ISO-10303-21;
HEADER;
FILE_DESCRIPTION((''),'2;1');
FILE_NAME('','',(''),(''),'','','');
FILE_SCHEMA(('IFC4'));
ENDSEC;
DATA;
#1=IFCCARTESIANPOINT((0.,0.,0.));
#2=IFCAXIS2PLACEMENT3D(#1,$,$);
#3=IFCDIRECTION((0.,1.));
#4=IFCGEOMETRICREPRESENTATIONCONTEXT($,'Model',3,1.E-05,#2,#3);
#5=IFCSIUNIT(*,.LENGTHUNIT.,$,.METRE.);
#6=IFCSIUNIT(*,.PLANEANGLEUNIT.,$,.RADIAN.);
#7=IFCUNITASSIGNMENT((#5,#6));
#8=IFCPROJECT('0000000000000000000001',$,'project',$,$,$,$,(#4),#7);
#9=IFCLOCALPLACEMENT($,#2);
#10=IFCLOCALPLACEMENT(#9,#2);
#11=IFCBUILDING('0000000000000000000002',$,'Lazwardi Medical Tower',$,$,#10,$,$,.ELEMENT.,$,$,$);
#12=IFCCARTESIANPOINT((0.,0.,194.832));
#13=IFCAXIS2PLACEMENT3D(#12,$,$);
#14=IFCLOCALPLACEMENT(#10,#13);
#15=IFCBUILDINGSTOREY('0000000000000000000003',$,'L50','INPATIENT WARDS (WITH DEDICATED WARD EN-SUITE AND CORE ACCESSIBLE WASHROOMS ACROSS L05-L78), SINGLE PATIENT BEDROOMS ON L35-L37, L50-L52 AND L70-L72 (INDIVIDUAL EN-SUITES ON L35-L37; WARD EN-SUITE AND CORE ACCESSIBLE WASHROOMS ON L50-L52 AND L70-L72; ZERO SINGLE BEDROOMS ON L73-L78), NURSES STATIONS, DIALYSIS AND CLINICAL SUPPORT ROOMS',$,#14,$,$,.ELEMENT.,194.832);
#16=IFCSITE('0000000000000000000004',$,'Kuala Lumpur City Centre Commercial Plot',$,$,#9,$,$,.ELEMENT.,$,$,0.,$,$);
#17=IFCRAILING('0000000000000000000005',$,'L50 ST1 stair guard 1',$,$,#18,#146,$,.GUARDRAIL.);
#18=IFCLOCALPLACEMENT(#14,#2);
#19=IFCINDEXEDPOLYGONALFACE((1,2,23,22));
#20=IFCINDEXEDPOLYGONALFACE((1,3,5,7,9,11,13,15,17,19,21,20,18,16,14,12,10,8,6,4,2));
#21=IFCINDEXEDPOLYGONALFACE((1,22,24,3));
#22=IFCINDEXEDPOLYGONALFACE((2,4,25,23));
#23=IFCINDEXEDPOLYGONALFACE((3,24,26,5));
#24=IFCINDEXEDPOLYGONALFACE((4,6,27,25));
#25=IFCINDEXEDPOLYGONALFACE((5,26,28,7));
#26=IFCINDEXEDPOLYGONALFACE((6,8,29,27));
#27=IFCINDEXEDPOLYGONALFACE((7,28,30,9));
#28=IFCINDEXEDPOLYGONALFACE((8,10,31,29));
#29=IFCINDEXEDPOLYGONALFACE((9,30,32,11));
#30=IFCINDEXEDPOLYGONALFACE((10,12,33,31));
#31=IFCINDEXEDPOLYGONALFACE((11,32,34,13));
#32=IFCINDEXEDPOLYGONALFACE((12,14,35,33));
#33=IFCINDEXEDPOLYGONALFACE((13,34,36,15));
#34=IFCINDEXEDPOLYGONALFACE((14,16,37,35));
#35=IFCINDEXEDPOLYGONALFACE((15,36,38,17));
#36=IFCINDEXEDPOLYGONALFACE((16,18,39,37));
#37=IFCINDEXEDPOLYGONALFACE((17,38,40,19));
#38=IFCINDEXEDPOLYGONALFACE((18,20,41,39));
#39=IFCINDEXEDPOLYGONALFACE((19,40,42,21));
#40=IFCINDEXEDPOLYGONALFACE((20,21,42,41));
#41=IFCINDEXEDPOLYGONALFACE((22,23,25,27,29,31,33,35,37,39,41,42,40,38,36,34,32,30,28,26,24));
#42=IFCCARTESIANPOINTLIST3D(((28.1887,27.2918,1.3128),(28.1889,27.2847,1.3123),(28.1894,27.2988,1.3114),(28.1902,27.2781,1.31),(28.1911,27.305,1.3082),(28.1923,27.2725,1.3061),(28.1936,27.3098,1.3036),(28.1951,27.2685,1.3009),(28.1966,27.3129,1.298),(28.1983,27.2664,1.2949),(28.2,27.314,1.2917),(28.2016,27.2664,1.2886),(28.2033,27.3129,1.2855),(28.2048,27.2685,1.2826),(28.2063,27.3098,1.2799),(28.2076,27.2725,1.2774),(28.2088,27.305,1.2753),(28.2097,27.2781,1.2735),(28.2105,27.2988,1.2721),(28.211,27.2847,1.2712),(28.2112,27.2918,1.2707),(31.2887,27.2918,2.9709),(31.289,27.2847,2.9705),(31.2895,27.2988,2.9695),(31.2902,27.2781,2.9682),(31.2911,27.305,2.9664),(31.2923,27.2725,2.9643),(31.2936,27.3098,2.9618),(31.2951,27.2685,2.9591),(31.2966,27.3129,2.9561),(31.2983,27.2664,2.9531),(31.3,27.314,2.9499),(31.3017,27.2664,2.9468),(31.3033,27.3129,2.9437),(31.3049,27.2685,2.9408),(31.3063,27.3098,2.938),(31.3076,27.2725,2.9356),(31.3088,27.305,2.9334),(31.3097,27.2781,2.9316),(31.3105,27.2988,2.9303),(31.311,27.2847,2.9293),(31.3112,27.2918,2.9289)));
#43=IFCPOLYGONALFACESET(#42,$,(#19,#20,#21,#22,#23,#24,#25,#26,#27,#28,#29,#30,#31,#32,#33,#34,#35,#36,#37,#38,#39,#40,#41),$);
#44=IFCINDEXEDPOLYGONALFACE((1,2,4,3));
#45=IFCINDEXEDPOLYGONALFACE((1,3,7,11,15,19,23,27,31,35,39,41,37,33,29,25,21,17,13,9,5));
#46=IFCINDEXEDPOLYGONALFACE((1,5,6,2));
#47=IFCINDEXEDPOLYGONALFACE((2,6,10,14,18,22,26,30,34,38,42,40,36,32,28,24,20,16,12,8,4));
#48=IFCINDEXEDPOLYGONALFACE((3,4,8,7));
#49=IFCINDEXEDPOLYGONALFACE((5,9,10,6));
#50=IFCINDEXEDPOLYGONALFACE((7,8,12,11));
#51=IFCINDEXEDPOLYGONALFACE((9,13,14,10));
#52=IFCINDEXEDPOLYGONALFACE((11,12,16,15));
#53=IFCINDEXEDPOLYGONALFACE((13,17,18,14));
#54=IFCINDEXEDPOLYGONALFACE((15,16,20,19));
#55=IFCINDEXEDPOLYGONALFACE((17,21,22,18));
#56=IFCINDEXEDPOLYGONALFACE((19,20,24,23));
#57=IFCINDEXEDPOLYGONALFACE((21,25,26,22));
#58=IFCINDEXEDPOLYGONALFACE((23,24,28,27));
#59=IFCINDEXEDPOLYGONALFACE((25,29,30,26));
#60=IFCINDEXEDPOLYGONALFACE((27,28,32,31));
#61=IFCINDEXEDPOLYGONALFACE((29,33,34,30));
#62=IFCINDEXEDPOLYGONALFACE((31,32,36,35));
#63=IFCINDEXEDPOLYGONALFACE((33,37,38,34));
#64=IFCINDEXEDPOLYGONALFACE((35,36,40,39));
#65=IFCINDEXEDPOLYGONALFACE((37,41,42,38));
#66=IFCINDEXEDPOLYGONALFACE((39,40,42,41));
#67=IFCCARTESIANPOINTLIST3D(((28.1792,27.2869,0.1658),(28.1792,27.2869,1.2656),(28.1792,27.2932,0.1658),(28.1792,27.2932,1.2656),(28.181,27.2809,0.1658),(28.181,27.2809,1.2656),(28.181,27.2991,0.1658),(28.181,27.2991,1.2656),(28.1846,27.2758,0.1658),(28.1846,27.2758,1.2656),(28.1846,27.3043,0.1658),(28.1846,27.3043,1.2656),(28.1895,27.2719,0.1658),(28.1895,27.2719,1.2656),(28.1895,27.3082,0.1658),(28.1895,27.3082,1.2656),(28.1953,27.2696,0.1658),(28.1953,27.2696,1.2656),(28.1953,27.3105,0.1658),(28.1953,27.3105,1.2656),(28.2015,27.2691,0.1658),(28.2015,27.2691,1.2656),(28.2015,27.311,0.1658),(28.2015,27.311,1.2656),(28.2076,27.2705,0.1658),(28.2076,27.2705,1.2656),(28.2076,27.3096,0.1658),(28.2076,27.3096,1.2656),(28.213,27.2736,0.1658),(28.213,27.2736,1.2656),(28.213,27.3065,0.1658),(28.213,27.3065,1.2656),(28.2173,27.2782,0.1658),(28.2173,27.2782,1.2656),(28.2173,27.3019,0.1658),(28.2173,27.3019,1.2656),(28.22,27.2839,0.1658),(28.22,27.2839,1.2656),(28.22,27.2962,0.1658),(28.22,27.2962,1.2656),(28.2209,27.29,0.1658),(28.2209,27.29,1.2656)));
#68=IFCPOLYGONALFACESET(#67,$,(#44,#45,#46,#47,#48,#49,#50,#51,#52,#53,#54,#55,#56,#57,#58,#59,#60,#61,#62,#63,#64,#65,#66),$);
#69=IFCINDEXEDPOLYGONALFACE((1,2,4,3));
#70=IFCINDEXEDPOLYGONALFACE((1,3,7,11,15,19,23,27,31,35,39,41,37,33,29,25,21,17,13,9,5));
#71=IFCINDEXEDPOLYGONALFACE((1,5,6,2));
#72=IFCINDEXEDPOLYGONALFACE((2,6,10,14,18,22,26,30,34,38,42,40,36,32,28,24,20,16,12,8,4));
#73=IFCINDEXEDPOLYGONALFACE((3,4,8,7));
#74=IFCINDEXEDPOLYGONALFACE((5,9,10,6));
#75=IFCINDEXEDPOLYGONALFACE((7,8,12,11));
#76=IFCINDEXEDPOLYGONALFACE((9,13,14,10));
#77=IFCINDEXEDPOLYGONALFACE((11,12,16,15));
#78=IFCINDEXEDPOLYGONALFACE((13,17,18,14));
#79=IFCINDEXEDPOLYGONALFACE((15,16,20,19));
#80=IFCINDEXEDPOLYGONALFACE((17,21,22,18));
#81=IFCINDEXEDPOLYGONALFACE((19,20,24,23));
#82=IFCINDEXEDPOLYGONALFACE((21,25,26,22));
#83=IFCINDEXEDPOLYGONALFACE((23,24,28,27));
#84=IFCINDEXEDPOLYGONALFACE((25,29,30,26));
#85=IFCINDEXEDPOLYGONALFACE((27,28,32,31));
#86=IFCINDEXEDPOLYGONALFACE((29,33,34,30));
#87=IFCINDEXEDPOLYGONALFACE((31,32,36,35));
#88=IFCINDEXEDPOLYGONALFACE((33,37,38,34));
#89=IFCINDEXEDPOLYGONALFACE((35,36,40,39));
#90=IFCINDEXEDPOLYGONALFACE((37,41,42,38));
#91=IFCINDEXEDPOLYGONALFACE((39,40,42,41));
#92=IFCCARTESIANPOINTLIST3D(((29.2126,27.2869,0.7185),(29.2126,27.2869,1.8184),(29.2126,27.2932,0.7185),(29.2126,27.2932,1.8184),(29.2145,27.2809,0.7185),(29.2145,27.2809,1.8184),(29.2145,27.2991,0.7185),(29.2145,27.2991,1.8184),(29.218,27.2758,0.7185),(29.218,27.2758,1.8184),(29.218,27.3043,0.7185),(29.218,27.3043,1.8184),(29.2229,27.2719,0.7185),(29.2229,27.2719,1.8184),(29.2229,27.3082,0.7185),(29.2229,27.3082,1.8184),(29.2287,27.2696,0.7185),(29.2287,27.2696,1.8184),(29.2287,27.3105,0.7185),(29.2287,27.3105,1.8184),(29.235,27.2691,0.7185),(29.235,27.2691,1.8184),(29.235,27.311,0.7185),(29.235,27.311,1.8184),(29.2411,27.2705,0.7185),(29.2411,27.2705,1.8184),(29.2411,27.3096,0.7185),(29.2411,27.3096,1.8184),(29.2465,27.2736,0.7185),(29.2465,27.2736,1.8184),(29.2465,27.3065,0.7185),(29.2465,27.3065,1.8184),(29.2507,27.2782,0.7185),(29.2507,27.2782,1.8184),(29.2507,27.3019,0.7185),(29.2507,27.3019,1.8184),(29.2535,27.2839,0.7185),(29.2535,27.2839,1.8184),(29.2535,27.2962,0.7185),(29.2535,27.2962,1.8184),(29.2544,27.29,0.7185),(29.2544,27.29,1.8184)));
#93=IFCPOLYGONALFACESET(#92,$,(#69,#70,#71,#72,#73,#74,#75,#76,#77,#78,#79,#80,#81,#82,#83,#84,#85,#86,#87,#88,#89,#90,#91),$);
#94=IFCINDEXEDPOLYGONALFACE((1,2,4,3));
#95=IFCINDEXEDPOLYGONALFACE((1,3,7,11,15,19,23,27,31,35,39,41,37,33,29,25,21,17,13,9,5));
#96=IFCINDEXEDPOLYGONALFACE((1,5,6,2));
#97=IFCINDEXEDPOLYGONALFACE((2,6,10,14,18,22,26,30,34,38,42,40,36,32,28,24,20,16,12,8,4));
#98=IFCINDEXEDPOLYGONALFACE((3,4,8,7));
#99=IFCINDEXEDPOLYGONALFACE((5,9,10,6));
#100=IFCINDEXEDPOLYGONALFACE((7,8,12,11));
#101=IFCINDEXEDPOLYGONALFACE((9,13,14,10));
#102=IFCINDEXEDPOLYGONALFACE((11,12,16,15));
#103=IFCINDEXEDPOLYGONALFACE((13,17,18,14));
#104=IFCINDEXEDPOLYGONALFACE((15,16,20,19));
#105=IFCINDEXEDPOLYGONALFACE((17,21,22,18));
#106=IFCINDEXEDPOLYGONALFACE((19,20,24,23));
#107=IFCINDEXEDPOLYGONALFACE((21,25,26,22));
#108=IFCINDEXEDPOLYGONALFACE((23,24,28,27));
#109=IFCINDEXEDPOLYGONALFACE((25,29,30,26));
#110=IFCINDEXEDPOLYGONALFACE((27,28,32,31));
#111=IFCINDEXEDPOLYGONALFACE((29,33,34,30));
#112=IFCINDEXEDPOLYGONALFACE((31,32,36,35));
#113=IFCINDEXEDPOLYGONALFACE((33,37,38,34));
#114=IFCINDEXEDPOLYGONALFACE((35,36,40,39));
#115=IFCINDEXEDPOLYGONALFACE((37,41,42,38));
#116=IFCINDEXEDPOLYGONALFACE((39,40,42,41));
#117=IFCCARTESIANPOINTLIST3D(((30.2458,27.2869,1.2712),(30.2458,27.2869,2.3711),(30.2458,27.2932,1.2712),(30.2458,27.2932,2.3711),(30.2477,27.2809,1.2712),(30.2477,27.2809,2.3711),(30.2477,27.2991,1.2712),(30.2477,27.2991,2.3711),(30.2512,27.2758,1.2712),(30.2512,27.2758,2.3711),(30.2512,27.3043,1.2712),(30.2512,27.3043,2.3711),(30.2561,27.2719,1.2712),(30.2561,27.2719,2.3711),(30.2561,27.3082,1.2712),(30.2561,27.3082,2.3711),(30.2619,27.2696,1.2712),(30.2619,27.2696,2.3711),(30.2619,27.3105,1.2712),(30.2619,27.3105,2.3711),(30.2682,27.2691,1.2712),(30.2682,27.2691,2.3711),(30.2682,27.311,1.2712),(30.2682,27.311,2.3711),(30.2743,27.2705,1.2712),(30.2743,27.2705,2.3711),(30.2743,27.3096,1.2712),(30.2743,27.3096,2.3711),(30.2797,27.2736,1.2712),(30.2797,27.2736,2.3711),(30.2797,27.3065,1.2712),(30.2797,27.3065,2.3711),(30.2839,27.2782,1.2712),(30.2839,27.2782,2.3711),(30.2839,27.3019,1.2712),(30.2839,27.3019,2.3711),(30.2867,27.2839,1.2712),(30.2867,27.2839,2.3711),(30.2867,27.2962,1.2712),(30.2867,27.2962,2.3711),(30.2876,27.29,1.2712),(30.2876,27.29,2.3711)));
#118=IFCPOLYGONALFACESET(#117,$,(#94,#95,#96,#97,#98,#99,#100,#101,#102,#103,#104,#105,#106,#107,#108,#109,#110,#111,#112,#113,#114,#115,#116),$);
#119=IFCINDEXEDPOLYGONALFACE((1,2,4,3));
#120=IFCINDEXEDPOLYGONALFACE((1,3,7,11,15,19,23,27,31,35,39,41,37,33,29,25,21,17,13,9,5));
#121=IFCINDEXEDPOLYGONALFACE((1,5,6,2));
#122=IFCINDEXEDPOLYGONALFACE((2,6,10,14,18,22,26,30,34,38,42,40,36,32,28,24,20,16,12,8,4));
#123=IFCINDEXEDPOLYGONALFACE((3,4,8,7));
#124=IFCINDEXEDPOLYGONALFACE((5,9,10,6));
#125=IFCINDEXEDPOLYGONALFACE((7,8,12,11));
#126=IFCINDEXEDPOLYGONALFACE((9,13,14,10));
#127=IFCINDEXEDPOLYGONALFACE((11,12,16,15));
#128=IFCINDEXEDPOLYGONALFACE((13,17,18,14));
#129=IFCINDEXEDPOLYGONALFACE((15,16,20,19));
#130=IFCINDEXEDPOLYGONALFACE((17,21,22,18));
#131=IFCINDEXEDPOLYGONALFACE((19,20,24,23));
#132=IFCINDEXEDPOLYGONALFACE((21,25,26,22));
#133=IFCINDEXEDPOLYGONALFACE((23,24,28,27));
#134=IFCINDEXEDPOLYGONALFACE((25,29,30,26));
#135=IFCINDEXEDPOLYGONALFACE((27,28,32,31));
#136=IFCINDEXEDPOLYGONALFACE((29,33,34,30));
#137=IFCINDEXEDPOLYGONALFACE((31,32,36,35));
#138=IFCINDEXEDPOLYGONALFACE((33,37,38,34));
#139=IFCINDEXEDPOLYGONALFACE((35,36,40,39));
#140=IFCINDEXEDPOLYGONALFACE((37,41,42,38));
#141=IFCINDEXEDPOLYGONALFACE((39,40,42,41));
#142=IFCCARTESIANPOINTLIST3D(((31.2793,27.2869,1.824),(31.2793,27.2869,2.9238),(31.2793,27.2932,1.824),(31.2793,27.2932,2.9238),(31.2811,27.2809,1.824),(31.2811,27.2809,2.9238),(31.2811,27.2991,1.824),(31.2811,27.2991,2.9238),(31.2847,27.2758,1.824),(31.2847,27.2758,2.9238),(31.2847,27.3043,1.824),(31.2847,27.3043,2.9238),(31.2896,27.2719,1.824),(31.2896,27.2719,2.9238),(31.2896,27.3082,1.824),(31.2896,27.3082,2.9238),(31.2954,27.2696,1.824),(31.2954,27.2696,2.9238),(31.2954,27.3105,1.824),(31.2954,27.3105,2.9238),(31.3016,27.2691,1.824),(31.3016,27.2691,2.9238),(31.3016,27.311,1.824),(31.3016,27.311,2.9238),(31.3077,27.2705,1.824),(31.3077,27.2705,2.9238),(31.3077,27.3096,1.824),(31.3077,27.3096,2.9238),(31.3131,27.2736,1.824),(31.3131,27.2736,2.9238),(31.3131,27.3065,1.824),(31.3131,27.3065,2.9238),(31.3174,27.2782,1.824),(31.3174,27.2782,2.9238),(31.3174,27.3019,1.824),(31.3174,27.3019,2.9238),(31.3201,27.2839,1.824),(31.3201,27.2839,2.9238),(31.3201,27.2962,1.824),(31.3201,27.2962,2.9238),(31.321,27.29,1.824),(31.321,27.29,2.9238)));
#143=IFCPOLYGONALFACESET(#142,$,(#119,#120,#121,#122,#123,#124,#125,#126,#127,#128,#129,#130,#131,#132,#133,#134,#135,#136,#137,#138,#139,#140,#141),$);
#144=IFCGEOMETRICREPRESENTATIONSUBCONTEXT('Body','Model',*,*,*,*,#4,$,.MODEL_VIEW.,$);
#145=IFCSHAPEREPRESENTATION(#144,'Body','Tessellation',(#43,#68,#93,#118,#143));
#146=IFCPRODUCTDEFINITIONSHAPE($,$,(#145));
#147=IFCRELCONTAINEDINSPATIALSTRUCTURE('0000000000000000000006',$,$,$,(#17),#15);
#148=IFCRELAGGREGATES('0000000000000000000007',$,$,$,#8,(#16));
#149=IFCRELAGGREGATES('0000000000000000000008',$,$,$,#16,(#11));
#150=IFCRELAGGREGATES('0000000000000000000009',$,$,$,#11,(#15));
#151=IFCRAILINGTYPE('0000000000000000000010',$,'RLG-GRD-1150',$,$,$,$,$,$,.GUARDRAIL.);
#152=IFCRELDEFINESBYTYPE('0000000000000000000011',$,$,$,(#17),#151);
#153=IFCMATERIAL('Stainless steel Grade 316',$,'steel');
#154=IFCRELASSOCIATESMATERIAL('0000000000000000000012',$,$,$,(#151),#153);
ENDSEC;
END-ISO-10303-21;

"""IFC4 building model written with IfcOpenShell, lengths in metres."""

from ifc_helpers import new_model, si_unit, direction, frame, origin, origin_2d, place, context, subcontext, project, spatial, circle, extrude, material, type_object, element, save


model = new_model("IFC4")

# Units and contexts
model_context = context("Model", 3, precision=1e-05, world=origin(), true_north=direction((0.0, 1.0)))
body_context = subcontext(model_context, "Body", "Model", "MODEL_VIEW")
ifc_project = project(units=[si_unit("LENGTHUNIT", "METRE"), si_unit("PLANEANGLEUNIT", "RADIAN")], contexts=[model_context])

# Site, building, storey
site_placement = place(None, origin())
site = spatial("IfcSite", under=ifc_project, at=site_placement, Name="Kuala Lumpur City Centre Commercial Plot", CompositionType="ELEMENT", RefElevation=0.0)
building_placement = place(site_placement, origin())
building = spatial("IfcBuilding", under=site, at=building_placement, Name="Lazwardi Medical Tower", CompositionType="ELEMENT")
storey_placement = place(building_placement, frame((0.0, 0.0, 194.832)))
storey = spatial("IfcBuildingStorey", under=building, at=storey_placement, Name="L50", Description="INPATIENT WARDS (WITH DEDICATED WARD EN-SUITE AND CORE ACCESSIBLE WASHROOMS ACROSS L05-L78), SINGLE PATIENT BEDROOMS ON L35-L37, L50-L52 AND L70-L72 (INDIVIDUAL EN-SUITES ON L35-L37; WARD EN-SUITE AND CORE ACCESSIBLE WASHROOMS ON L50-L52 AND L70-L72; ZERO SINGLE BEDROOMS ON L73-L78), NURSES STATIONS, DIALYSIS AND CLINICAL SUPPORT ROOMS", CompositionType="ELEMENT", Elevation=194.832)

# Railing
ifc_material_1 = material(Name="Stainless steel Grade 316", Category="steel")
railing_type_1 = type_object("IfcRailingType", Name="RLG-GRD-1150", PredefinedType="GUARDRAIL", material=ifc_material_1)
railing_1_placement = place(storey_placement, frame((28.2, 27.29, 0.1658)))
element("IfcRailing", 1, at=railing_1_placement, inside=storey, type_object=railing_type_1, Name="L50 ST1 stair guard 1", PredefinedType="GUARDRAIL", context=body_context, shape_type="SweptSolid", body=[
    extrude(circle(Radius=0.0239, at=origin_2d()), frame((0.0, 0.0, 1.126), z_axis=(0.881783, 0.0, 0.471655), x_axis=(0.0, 1.0, 0.0)), (0.0, 0.0, 1.0), 3.5156),
    extrude(circle(Radius=0.021, at=origin_2d()), origin(), (0.0, 0.0, 1.0), 1.0999),
    extrude(circle(Radius=0.021, at=origin_2d()), frame((1.0334, 0.0, 0.5527)), (0.0, 0.0, 1.0), 1.0999),
    extrude(circle(Radius=0.021, at=origin_2d()), frame((2.0667, 0.0, 1.1055)), (0.0, 0.0, 1.0), 1.0999),
    extrude(circle(Radius=0.021, at=origin_2d()), frame((3.1001, 0.0, 1.6582)), (0.0, 0.0, 1.0), 1.0999),
])

save(model, "model.ifc")
